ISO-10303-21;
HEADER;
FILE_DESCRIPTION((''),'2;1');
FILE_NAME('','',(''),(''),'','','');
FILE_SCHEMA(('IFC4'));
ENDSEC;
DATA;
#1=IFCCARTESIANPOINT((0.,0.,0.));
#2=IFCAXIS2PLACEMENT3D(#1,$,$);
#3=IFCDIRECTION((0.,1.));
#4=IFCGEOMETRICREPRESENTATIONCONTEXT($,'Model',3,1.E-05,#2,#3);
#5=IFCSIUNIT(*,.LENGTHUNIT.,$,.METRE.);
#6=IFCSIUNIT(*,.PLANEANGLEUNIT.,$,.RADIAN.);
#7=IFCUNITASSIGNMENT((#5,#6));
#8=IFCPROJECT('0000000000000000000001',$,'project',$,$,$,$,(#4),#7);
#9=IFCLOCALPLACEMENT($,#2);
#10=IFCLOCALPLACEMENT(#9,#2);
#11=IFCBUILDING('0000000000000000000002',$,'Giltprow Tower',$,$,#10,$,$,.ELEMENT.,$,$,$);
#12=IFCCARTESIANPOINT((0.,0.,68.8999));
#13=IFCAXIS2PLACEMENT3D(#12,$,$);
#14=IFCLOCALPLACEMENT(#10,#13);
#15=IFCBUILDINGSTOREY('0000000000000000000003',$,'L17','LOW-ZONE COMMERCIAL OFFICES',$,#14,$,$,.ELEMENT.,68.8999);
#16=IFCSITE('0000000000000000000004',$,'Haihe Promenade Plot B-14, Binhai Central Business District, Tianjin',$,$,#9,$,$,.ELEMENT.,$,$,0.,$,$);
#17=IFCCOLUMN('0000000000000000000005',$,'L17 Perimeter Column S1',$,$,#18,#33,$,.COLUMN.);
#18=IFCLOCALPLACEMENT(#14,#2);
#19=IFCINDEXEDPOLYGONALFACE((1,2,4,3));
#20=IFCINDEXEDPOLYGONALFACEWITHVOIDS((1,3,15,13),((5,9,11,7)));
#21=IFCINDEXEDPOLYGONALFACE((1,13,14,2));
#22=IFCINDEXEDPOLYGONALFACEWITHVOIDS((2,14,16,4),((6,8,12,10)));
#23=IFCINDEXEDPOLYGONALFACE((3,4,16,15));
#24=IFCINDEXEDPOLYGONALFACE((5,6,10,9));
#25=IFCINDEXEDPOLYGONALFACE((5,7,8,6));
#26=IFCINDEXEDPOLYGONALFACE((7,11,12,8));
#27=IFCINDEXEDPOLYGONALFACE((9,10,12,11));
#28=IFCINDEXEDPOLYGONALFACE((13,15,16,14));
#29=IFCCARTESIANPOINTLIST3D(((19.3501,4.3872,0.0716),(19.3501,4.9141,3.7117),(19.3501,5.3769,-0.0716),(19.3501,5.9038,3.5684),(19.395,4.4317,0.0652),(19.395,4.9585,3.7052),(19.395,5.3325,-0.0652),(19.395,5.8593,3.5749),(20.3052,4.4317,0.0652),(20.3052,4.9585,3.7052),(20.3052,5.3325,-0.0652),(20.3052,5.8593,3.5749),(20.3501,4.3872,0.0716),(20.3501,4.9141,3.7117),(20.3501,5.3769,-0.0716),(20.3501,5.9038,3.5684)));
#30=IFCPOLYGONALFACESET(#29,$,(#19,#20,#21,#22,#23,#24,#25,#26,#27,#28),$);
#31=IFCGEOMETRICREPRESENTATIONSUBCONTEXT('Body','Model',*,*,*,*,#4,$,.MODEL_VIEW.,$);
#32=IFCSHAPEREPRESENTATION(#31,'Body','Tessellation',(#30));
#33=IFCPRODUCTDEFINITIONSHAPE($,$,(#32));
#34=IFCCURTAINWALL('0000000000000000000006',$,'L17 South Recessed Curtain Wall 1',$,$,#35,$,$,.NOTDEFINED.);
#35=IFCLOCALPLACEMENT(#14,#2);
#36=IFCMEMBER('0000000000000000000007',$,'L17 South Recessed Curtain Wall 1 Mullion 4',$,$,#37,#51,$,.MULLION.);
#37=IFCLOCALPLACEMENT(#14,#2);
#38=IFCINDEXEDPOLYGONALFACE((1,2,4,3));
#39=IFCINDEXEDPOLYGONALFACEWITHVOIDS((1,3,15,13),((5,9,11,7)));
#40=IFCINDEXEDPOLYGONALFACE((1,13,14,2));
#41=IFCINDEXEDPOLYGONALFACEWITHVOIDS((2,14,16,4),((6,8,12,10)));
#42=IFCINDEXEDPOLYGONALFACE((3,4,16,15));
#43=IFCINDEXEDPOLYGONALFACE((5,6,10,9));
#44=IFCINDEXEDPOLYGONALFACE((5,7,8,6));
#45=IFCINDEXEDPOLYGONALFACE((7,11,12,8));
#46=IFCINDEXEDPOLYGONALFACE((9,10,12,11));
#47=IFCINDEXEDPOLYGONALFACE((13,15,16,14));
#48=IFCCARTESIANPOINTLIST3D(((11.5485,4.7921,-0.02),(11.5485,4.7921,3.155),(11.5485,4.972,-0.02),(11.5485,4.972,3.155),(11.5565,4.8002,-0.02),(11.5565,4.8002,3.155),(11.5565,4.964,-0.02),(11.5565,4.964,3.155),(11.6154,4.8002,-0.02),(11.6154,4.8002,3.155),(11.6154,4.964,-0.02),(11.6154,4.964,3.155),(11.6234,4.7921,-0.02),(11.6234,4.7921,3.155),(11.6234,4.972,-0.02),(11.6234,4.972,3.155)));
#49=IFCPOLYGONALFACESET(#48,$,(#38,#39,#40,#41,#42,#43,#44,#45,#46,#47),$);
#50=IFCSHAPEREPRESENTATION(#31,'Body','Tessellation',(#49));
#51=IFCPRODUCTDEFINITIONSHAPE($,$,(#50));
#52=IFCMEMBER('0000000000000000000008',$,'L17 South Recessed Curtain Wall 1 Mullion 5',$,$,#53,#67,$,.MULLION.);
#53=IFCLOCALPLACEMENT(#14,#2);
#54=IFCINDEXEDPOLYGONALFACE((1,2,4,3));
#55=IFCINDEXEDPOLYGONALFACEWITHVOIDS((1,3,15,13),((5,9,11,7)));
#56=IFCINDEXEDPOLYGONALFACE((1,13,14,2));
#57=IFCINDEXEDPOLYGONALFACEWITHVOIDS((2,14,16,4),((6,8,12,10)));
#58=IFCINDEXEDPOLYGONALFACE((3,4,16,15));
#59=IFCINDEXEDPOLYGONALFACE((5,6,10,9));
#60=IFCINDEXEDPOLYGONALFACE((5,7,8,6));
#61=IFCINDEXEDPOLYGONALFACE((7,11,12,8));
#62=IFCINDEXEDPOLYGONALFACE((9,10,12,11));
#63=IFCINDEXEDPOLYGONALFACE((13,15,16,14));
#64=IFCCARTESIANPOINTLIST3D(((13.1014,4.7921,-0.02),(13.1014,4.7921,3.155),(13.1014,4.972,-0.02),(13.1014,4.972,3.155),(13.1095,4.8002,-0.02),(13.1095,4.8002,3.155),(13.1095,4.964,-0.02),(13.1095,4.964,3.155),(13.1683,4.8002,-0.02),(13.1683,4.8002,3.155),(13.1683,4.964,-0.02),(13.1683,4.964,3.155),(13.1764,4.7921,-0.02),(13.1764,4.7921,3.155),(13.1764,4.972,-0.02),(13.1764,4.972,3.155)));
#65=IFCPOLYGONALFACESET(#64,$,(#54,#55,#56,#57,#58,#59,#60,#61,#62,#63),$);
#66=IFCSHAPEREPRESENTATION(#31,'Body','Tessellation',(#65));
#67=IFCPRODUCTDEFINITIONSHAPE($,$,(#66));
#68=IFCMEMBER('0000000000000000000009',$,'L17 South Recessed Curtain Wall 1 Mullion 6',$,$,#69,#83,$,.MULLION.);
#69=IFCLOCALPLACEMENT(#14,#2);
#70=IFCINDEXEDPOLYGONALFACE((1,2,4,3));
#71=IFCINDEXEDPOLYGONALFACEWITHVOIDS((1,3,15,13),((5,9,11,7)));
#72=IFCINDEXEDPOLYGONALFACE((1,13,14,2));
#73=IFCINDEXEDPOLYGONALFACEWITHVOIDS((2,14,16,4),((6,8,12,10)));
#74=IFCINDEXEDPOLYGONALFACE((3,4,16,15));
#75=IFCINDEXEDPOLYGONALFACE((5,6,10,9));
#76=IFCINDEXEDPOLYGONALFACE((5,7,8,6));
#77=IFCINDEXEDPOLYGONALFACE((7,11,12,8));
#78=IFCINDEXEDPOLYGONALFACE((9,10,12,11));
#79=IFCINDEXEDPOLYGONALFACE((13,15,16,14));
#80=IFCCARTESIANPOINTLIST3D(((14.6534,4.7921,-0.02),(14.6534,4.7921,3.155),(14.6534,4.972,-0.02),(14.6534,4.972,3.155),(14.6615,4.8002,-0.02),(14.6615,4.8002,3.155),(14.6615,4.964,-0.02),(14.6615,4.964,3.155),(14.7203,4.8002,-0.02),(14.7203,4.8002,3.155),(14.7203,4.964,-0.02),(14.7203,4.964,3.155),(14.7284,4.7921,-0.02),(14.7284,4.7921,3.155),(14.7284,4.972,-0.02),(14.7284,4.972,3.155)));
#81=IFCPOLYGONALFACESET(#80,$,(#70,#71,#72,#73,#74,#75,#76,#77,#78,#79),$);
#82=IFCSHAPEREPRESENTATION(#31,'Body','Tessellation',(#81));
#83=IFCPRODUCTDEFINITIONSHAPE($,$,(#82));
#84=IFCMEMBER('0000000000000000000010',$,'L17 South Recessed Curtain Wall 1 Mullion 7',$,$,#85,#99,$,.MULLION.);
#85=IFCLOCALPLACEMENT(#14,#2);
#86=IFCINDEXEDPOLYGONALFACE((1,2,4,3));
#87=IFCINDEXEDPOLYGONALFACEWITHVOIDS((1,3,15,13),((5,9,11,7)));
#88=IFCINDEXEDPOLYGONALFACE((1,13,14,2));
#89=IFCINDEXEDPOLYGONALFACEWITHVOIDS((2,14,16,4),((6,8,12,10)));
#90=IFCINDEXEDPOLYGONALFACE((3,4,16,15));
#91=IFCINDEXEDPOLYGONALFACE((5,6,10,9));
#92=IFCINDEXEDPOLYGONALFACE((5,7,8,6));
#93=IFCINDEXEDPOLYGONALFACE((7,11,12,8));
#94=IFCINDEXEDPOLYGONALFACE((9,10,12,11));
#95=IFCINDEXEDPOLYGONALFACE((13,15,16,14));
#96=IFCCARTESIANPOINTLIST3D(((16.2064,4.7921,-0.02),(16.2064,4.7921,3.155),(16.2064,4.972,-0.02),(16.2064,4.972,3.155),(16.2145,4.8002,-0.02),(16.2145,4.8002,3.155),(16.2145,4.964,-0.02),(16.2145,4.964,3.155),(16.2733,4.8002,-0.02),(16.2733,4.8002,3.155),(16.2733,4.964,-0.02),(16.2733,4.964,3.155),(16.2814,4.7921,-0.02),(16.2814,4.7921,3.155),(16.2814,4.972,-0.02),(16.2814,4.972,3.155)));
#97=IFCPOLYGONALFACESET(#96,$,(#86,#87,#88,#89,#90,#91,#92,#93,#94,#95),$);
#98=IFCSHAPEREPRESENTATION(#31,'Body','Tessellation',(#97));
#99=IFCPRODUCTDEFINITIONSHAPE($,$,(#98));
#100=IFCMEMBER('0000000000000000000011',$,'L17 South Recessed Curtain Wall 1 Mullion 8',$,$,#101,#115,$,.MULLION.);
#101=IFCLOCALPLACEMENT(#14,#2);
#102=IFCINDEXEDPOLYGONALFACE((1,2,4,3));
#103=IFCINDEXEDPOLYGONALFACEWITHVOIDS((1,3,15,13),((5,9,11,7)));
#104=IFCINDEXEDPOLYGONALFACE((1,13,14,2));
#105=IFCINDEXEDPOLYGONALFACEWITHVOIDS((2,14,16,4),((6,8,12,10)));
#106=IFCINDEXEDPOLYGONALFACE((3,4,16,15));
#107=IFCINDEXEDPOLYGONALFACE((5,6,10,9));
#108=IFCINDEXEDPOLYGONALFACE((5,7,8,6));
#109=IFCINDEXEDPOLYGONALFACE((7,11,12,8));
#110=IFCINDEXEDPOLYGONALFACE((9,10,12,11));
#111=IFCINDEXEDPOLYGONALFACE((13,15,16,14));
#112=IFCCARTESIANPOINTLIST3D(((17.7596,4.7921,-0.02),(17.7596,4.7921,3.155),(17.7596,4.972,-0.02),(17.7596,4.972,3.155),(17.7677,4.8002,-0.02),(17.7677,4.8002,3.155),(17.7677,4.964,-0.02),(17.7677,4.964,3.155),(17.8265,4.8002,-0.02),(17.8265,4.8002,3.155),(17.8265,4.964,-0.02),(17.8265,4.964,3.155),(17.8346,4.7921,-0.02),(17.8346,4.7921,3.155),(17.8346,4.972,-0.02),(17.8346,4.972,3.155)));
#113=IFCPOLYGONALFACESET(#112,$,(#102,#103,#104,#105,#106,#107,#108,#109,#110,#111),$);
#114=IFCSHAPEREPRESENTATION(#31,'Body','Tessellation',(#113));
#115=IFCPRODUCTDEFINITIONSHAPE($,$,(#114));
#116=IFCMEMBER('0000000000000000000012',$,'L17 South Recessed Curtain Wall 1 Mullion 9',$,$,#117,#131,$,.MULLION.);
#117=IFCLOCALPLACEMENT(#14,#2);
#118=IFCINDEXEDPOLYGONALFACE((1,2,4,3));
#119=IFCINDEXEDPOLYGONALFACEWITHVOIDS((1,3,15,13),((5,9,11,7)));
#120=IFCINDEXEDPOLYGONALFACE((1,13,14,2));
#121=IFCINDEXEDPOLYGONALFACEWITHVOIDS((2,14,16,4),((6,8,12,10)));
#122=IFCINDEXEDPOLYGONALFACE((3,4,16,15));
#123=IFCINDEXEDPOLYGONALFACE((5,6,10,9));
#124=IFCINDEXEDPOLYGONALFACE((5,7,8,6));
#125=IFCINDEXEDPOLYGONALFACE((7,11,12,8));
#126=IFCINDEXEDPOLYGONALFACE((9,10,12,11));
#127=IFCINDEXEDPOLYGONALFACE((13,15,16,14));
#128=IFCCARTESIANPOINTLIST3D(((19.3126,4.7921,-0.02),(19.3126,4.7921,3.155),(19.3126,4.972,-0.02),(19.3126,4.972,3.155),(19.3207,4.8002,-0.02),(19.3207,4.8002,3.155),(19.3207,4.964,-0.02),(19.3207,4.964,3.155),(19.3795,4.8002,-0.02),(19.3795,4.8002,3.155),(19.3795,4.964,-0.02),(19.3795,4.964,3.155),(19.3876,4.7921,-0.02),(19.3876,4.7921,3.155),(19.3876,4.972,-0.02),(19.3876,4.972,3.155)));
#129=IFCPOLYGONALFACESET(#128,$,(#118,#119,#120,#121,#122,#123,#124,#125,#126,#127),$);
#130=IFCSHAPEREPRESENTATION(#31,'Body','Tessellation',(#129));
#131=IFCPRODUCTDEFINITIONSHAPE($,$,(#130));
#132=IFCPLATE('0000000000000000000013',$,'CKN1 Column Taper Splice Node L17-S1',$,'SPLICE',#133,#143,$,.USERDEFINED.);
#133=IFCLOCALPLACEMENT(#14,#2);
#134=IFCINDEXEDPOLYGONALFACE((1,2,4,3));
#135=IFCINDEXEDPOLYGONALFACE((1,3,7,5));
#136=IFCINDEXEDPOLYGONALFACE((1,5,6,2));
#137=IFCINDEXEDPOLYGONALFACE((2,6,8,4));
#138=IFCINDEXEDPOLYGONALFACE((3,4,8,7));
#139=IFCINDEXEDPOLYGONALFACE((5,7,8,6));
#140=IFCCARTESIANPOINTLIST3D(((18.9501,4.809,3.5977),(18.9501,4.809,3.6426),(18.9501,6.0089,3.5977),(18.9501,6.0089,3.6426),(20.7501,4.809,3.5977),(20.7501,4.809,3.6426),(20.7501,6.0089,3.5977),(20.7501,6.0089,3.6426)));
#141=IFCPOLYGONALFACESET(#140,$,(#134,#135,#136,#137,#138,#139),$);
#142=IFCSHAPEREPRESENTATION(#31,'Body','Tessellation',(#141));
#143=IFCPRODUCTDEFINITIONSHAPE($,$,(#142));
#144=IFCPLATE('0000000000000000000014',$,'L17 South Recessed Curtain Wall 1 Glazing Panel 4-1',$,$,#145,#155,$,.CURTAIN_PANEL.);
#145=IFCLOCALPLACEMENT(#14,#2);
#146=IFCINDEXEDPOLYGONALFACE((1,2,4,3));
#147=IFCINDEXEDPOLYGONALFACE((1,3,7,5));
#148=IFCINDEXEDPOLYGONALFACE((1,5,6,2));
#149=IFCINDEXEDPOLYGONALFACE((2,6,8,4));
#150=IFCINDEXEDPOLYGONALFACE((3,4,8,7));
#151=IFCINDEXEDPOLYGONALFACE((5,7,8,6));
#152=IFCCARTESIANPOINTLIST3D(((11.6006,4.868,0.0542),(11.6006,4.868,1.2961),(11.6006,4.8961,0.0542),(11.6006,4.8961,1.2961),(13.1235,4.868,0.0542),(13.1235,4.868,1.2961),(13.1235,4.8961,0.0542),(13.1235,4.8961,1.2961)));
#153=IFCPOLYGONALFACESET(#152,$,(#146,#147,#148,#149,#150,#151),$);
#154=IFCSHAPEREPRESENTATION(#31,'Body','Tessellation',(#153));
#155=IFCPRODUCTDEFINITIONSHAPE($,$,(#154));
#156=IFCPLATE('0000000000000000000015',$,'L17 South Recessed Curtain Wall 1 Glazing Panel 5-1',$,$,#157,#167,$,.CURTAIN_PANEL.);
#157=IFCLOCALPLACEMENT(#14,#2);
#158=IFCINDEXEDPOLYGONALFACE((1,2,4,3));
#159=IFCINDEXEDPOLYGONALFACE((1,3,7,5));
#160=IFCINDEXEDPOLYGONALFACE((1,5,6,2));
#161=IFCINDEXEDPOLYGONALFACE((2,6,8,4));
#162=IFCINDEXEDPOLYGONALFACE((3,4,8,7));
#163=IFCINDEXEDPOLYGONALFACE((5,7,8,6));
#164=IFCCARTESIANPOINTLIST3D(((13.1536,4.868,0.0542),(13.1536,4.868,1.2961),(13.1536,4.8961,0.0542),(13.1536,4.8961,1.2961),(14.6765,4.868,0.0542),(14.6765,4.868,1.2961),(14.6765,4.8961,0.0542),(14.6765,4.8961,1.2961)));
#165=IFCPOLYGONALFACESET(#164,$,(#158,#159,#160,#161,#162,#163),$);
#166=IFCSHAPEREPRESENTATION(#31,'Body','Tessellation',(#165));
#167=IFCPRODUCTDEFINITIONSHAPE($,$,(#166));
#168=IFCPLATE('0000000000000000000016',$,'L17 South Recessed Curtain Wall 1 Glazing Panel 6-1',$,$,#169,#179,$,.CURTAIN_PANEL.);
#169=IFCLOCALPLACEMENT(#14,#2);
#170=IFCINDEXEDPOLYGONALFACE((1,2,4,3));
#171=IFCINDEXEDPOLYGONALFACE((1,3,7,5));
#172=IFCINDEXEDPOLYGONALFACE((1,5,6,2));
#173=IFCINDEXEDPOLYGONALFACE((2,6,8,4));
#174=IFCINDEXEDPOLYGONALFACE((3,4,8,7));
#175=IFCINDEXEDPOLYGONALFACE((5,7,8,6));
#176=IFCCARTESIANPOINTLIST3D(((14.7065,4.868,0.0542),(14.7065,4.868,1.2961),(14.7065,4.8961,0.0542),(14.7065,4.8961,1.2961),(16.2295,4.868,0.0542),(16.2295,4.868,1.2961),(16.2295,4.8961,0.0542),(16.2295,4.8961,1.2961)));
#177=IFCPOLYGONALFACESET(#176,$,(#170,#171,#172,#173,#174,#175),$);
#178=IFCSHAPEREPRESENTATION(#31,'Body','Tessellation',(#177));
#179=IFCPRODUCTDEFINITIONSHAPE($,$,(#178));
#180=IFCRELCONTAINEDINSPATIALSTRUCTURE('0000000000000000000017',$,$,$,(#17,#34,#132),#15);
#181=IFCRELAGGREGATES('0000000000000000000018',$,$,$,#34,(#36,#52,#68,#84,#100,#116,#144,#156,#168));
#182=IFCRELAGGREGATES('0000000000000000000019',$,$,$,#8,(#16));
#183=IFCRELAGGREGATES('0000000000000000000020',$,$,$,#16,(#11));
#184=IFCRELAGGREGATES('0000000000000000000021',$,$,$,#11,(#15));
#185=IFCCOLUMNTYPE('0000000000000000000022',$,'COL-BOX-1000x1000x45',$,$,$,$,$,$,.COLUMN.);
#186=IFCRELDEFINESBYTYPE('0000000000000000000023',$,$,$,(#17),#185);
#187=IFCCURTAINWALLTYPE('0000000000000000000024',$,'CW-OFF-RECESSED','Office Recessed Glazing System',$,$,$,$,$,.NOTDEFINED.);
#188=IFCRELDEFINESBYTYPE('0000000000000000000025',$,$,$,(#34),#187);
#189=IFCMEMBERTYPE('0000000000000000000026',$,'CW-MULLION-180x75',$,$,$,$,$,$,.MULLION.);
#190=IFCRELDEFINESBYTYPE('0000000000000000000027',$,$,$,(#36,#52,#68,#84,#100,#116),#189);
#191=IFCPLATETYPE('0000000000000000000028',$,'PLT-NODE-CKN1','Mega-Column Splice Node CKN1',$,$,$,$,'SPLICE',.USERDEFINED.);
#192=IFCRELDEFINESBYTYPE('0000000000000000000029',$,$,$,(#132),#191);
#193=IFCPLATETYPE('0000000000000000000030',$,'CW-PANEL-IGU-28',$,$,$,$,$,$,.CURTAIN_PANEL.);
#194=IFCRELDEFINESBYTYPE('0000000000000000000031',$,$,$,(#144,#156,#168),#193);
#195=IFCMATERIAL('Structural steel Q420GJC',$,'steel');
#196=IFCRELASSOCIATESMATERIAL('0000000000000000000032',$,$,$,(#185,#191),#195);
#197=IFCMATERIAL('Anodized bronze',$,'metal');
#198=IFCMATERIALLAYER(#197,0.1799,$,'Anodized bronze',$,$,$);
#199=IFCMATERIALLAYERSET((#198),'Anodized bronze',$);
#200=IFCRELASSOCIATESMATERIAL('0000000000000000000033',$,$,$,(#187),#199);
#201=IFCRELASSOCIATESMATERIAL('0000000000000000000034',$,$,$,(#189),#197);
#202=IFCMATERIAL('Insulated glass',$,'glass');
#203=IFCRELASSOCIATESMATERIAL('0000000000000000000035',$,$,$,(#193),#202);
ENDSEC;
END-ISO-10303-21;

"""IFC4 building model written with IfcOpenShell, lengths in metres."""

from ifc_helpers import new_model, si_unit, direction, frame, origin, origin_2d, place, context, subcontext, project, spatial, rectangle, hollow_rectangle, extrude, source, transform, mapped, material, layer, layer_set, material_profile, profile_set, type_object, element, aggregate, save


model = new_model("IFC4")

# Units and contexts
model_context = context("Model", 3, precision=1e-05, world=origin(), true_north=direction((0.0, 1.0)))
body_context = subcontext(model_context, "Body", "Model", "MODEL_VIEW")
ifc_project = project(units=[si_unit("LENGTHUNIT", "METRE"), si_unit("PLANEANGLEUNIT", "RADIAN")], contexts=[model_context])

# Site, building, storey
site_placement = place(None, origin())
site = spatial("IfcSite", under=ifc_project, at=site_placement, Name="Haihe Promenade Plot B-14, Binhai Central Business District, Tianjin", CompositionType="ELEMENT", RefElevation=0.0)
building_placement = place(site_placement, origin())
building = spatial("IfcBuilding", under=site, at=building_placement, Name="Giltprow Tower", CompositionType="ELEMENT")
storey_placement = place(building_placement, frame((0.0, 0.0, 68.8999)))
storey = spatial("IfcBuildingStorey", under=building, at=storey_placement, Name="L17", Description="LOW-ZONE COMMERCIAL OFFICES", CompositionType="ELEMENT", Elevation=68.8999)

# Column
ifc_material_1 = material(Name="Structural steel Q420GJC", Category="steel")
ifc_material_profile_1 = material_profile(ifc_material_1, hollow_rectangle(XDim=1.0, YDim=1.0, WallThickness=0.0449, at=origin_2d()), Name="BOX 1000x1000x45")
ifc_profile_set_1 = profile_set([ifc_material_profile_1], Name="Structural steel Q420GJC")
column_type = type_object("IfcColumnType", Name="COL-BOX-1000x1000x45", PredefinedType="COLUMN", material=ifc_profile_set_1)
shared_shape_1 = source(origin(), body_context, "Body", "SweptSolid", [
    extrude(hollow_rectangle(XDim=1.0, YDim=1.0, WallThickness=0.0449, at=origin_2d()), origin(), (0.0, 0.0, 1.0), 3.678),
])
column_placement = place(storey_placement, frame((19.8501, 4.8821, 0.0), z_axis=(0.0, 0.143243, 0.989688), x_axis=(-1.0, 0.0, 0.0)))
element("IfcColumn", 1, at=column_placement, inside=storey, type_object=column_type, Name="L17 Perimeter Column S1", PredefinedType="COLUMN", context=body_context, shape_type="MappedRepresentation", body=[
    mapped(shared_shape_1, transform((0.0, 0.0, 0.0), x_axis=(1.0, 0.0, 0.0), y_axis=(0.0, 1.0, 0.0), z_axis=(0.0, 0.0, 1.0), scale=1.0)),
])

# Curtain wall, members
ifc_material_2 = material(Name="Anodized bronze", Category="metal")
ifc_layer = layer(ifc_material_2, 0.1799, Name="Anodized bronze")
ifc_layer_set = layer_set([ifc_layer], Name="Anodized bronze")
curtain_wall_type = type_object("IfcCurtainWallType", Name="CW-OFF-RECESSED", Description="Office Recessed Glazing System", PredefinedType="NOTDEFINED", material=ifc_layer_set)
curtain_wall_placement = place(storey_placement, origin())
curtain_wall = element("IfcCurtainWall", 2, at=curtain_wall_placement, inside=storey, type_object=curtain_wall_type, Name="L17 South Recessed Curtain Wall 1", PredefinedType="NOTDEFINED")
ifc_material_profile_2 = material_profile(ifc_material_2, hollow_rectangle(XDim=0.075, YDim=0.1799, WallThickness=0.0081, at=origin_2d()), Name="RHS 180x75x8")
ifc_profile_set_2 = profile_set([ifc_material_profile_2], Name="Anodized bronze")
member_type = type_object("IfcMemberType", Name="CW-MULLION-180x75", PredefinedType="MULLION", material=ifc_profile_set_2)
shared_shape_2 = source(origin(), body_context, "Body", "SweptSolid", [
    extrude(hollow_rectangle(XDim=0.075, YDim=0.1799, WallThickness=0.0081, at=origin_2d()), origin(), (0.0, 0.0, 1.0), 3.175),
])
member_1_placement = place(storey_placement, frame((11.5859, 4.8821, -0.02), z_axis=(0.0, 0.0, 1.0), x_axis=(1.0, 0.0, 0.0)))
member_1 = element("IfcMember", 3, at=member_1_placement, type_object=member_type, Name="L17 South Recessed Curtain Wall 1 Mullion 4", PredefinedType="MULLION", context=body_context, shape_type="MappedRepresentation", body=[
    mapped(shared_shape_2, transform((0.0, 0.0, 0.0), x_axis=(1.0, 0.0, 0.0), y_axis=(0.0, 1.0, 0.0), z_axis=(0.0, 0.0, 1.0), scale=1.0)),
])
member_2_placement = place(storey_placement, frame((13.1389, 4.8821, -0.02), z_axis=(0.0, 0.0, 1.0), x_axis=(1.0, 0.0, 0.0)))
member_2 = element("IfcMember", 4, at=member_2_placement, type_object=member_type, Name="L17 South Recessed Curtain Wall 1 Mullion 5", PredefinedType="MULLION", context=body_context, shape_type="MappedRepresentation", body=[
    mapped(shared_shape_2, transform((0.0, 0.0, 0.0), x_axis=(1.0, 0.0, 0.0), y_axis=(0.0, 1.0, 0.0), z_axis=(0.0, 0.0, 1.0), scale=1.0)),
])
member_3_placement = place(storey_placement, frame((14.6909, 4.8821, -0.02), z_axis=(0.0, 0.0, 1.0), x_axis=(1.0, 0.0, 0.0)))
member_3 = element("IfcMember", 5, at=member_3_placement, type_object=member_type, Name="L17 South Recessed Curtain Wall 1 Mullion 6", PredefinedType="MULLION", context=body_context, shape_type="MappedRepresentation", body=[
    mapped(shared_shape_2, transform((0.0, 0.0, 0.0), x_axis=(1.0, 0.0, 0.0), y_axis=(0.0, 1.0, 0.0), z_axis=(0.0, 0.0, 1.0), scale=1.0)),
])
member_4_placement = place(storey_placement, frame((16.2439, 4.8821, -0.02), z_axis=(0.0, 0.0, 1.0), x_axis=(1.0, 0.0, 0.0)))
member_4 = element("IfcMember", 6, at=member_4_placement, type_object=member_type, Name="L17 South Recessed Curtain Wall 1 Mullion 7", PredefinedType="MULLION", context=body_context, shape_type="MappedRepresentation", body=[
    mapped(shared_shape_2, transform((0.0, 0.0, 0.0), x_axis=(1.0, 0.0, 0.0), y_axis=(0.0, 1.0, 0.0), z_axis=(0.0, 0.0, 1.0), scale=1.0)),
])
member_5_placement = place(storey_placement, frame((17.7971, 4.8821, -0.02), z_axis=(0.0, 0.0, 1.0), x_axis=(1.0, 0.0, 0.0)))
member_5 = element("IfcMember", 7, at=member_5_placement, type_object=member_type, Name="L17 South Recessed Curtain Wall 1 Mullion 8", PredefinedType="MULLION", context=body_context, shape_type="MappedRepresentation", body=[
    mapped(shared_shape_2, transform((0.0, 0.0, 0.0), x_axis=(1.0, 0.0, 0.0), y_axis=(0.0, 1.0, 0.0), z_axis=(0.0, 0.0, 1.0), scale=1.0)),
])
member_6_placement = place(storey_placement, frame((19.3501, 4.8821, -0.02), z_axis=(0.0, 0.0, 1.0), x_axis=(1.0, 0.0, 0.0)))
member_6 = element("IfcMember", 8, at=member_6_placement, type_object=member_type, Name="L17 South Recessed Curtain Wall 1 Mullion 9", PredefinedType="MULLION", context=body_context, shape_type="MappedRepresentation", body=[
    mapped(shared_shape_2, transform((0.0, 0.0, 0.0), x_axis=(1.0, 0.0, 0.0), y_axis=(0.0, 1.0, 0.0), z_axis=(0.0, 0.0, 1.0), scale=1.0)),
])

# Plates
plate_type_1 = type_object("IfcPlateType", Name="PLT-NODE-CKN1", Description="Mega-Column Splice Node CKN1", ElementType="SPLICE", PredefinedType="USERDEFINED", material=ifc_material_1)
shared_shape_3 = source(origin(), body_context, "Body", "SweptSolid", [
    extrude(rectangle(XDim=1.8, YDim=1.2, at=origin_2d()), origin(), (0.0, 0.0, 1.0), 0.0449),
])
plate_1_placement = place(storey_placement, frame((19.8501, 5.4089, 3.5977), z_axis=(0.0, 0.0, 1.0), x_axis=(1.0, 0.0, 0.0)))
element("IfcPlate", 9, at=plate_1_placement, inside=storey, type_object=plate_type_1, Name="CKN1 Column Taper Splice Node L17-S1", ObjectType="SPLICE", PredefinedType="USERDEFINED", context=body_context, shape_type="MappedRepresentation", body=[
    mapped(shared_shape_3, transform((0.0, 0.0, 0.0), x_axis=(1.0, 0.0, 0.0), y_axis=(0.0, 1.0, 0.0), z_axis=(0.0, 0.0, 1.0), scale=1.0)),
])
ifc_material_3 = material(Name="Insulated glass", Category="glass")
plate_type_2 = type_object("IfcPlateType", Name="CW-PANEL-IGU-28", PredefinedType="CURTAIN_PANEL", material=ifc_material_3)
shared_shape_4 = source(origin(), body_context, "Body", "SweptSolid", [
    extrude(rectangle(XDim=1.5229, YDim=0.0281, at=origin_2d()), origin(), (0.0, 0.0, 1.0), 1.2419),
])
plate_2_placement = place(storey_placement, frame((12.3621, 4.8821, 0.0542), z_axis=(0.0, 0.0, 1.0), x_axis=(1.0, 0.0, 0.0)))
plate_2 = element("IfcPlate", 10, at=plate_2_placement, type_object=plate_type_2, Name="L17 South Recessed Curtain Wall 1 Glazing Panel 4-1", PredefinedType="CURTAIN_PANEL", context=body_context, shape_type="MappedRepresentation", body=[
    mapped(shared_shape_4, transform((0.0, 0.0, 0.0), x_axis=(1.0, 0.0, 0.0), y_axis=(0.0, 1.0, 0.0), z_axis=(0.0, 0.0, 1.0), scale=1.0)),
])
plate_3_placement = place(storey_placement, frame((13.915, 4.8821, 0.0542), z_axis=(0.0, 0.0, 1.0), x_axis=(1.0, 0.0, 0.0)))
plate_3 = element("IfcPlate", 11, at=plate_3_placement, type_object=plate_type_2, Name="L17 South Recessed Curtain Wall 1 Glazing Panel 5-1", PredefinedType="CURTAIN_PANEL", context=body_context, shape_type="MappedRepresentation", body=[
    mapped(shared_shape_4, transform((0.0, 0.0, 0.0), x_axis=(1.0, 0.0, 0.0), y_axis=(0.0, 1.0, 0.0), z_axis=(0.0, 0.0, 1.0), scale=1.0)),
])
plate_4_placement = place(storey_placement, frame((15.468, 4.8821, 0.0542), z_axis=(0.0, 0.0, 1.0), x_axis=(1.0, 0.0, 0.0)))
plate_4 = element("IfcPlate", 12, at=plate_4_placement, type_object=plate_type_2, Name="L17 South Recessed Curtain Wall 1 Glazing Panel 6-1", PredefinedType="CURTAIN_PANEL", context=body_context, shape_type="MappedRepresentation", body=[
    mapped(shared_shape_4, transform((0.0, 0.0, 0.0), x_axis=(1.0, 0.0, 0.0), y_axis=(0.0, 1.0, 0.0), z_axis=(0.0, 0.0, 1.0), scale=1.0)),
])
aggregate(curtain_wall, [member_1, member_2, member_3, member_4, member_5, member_6, plate_2, plate_3, plate_4])

save(model, "model.ifc")
